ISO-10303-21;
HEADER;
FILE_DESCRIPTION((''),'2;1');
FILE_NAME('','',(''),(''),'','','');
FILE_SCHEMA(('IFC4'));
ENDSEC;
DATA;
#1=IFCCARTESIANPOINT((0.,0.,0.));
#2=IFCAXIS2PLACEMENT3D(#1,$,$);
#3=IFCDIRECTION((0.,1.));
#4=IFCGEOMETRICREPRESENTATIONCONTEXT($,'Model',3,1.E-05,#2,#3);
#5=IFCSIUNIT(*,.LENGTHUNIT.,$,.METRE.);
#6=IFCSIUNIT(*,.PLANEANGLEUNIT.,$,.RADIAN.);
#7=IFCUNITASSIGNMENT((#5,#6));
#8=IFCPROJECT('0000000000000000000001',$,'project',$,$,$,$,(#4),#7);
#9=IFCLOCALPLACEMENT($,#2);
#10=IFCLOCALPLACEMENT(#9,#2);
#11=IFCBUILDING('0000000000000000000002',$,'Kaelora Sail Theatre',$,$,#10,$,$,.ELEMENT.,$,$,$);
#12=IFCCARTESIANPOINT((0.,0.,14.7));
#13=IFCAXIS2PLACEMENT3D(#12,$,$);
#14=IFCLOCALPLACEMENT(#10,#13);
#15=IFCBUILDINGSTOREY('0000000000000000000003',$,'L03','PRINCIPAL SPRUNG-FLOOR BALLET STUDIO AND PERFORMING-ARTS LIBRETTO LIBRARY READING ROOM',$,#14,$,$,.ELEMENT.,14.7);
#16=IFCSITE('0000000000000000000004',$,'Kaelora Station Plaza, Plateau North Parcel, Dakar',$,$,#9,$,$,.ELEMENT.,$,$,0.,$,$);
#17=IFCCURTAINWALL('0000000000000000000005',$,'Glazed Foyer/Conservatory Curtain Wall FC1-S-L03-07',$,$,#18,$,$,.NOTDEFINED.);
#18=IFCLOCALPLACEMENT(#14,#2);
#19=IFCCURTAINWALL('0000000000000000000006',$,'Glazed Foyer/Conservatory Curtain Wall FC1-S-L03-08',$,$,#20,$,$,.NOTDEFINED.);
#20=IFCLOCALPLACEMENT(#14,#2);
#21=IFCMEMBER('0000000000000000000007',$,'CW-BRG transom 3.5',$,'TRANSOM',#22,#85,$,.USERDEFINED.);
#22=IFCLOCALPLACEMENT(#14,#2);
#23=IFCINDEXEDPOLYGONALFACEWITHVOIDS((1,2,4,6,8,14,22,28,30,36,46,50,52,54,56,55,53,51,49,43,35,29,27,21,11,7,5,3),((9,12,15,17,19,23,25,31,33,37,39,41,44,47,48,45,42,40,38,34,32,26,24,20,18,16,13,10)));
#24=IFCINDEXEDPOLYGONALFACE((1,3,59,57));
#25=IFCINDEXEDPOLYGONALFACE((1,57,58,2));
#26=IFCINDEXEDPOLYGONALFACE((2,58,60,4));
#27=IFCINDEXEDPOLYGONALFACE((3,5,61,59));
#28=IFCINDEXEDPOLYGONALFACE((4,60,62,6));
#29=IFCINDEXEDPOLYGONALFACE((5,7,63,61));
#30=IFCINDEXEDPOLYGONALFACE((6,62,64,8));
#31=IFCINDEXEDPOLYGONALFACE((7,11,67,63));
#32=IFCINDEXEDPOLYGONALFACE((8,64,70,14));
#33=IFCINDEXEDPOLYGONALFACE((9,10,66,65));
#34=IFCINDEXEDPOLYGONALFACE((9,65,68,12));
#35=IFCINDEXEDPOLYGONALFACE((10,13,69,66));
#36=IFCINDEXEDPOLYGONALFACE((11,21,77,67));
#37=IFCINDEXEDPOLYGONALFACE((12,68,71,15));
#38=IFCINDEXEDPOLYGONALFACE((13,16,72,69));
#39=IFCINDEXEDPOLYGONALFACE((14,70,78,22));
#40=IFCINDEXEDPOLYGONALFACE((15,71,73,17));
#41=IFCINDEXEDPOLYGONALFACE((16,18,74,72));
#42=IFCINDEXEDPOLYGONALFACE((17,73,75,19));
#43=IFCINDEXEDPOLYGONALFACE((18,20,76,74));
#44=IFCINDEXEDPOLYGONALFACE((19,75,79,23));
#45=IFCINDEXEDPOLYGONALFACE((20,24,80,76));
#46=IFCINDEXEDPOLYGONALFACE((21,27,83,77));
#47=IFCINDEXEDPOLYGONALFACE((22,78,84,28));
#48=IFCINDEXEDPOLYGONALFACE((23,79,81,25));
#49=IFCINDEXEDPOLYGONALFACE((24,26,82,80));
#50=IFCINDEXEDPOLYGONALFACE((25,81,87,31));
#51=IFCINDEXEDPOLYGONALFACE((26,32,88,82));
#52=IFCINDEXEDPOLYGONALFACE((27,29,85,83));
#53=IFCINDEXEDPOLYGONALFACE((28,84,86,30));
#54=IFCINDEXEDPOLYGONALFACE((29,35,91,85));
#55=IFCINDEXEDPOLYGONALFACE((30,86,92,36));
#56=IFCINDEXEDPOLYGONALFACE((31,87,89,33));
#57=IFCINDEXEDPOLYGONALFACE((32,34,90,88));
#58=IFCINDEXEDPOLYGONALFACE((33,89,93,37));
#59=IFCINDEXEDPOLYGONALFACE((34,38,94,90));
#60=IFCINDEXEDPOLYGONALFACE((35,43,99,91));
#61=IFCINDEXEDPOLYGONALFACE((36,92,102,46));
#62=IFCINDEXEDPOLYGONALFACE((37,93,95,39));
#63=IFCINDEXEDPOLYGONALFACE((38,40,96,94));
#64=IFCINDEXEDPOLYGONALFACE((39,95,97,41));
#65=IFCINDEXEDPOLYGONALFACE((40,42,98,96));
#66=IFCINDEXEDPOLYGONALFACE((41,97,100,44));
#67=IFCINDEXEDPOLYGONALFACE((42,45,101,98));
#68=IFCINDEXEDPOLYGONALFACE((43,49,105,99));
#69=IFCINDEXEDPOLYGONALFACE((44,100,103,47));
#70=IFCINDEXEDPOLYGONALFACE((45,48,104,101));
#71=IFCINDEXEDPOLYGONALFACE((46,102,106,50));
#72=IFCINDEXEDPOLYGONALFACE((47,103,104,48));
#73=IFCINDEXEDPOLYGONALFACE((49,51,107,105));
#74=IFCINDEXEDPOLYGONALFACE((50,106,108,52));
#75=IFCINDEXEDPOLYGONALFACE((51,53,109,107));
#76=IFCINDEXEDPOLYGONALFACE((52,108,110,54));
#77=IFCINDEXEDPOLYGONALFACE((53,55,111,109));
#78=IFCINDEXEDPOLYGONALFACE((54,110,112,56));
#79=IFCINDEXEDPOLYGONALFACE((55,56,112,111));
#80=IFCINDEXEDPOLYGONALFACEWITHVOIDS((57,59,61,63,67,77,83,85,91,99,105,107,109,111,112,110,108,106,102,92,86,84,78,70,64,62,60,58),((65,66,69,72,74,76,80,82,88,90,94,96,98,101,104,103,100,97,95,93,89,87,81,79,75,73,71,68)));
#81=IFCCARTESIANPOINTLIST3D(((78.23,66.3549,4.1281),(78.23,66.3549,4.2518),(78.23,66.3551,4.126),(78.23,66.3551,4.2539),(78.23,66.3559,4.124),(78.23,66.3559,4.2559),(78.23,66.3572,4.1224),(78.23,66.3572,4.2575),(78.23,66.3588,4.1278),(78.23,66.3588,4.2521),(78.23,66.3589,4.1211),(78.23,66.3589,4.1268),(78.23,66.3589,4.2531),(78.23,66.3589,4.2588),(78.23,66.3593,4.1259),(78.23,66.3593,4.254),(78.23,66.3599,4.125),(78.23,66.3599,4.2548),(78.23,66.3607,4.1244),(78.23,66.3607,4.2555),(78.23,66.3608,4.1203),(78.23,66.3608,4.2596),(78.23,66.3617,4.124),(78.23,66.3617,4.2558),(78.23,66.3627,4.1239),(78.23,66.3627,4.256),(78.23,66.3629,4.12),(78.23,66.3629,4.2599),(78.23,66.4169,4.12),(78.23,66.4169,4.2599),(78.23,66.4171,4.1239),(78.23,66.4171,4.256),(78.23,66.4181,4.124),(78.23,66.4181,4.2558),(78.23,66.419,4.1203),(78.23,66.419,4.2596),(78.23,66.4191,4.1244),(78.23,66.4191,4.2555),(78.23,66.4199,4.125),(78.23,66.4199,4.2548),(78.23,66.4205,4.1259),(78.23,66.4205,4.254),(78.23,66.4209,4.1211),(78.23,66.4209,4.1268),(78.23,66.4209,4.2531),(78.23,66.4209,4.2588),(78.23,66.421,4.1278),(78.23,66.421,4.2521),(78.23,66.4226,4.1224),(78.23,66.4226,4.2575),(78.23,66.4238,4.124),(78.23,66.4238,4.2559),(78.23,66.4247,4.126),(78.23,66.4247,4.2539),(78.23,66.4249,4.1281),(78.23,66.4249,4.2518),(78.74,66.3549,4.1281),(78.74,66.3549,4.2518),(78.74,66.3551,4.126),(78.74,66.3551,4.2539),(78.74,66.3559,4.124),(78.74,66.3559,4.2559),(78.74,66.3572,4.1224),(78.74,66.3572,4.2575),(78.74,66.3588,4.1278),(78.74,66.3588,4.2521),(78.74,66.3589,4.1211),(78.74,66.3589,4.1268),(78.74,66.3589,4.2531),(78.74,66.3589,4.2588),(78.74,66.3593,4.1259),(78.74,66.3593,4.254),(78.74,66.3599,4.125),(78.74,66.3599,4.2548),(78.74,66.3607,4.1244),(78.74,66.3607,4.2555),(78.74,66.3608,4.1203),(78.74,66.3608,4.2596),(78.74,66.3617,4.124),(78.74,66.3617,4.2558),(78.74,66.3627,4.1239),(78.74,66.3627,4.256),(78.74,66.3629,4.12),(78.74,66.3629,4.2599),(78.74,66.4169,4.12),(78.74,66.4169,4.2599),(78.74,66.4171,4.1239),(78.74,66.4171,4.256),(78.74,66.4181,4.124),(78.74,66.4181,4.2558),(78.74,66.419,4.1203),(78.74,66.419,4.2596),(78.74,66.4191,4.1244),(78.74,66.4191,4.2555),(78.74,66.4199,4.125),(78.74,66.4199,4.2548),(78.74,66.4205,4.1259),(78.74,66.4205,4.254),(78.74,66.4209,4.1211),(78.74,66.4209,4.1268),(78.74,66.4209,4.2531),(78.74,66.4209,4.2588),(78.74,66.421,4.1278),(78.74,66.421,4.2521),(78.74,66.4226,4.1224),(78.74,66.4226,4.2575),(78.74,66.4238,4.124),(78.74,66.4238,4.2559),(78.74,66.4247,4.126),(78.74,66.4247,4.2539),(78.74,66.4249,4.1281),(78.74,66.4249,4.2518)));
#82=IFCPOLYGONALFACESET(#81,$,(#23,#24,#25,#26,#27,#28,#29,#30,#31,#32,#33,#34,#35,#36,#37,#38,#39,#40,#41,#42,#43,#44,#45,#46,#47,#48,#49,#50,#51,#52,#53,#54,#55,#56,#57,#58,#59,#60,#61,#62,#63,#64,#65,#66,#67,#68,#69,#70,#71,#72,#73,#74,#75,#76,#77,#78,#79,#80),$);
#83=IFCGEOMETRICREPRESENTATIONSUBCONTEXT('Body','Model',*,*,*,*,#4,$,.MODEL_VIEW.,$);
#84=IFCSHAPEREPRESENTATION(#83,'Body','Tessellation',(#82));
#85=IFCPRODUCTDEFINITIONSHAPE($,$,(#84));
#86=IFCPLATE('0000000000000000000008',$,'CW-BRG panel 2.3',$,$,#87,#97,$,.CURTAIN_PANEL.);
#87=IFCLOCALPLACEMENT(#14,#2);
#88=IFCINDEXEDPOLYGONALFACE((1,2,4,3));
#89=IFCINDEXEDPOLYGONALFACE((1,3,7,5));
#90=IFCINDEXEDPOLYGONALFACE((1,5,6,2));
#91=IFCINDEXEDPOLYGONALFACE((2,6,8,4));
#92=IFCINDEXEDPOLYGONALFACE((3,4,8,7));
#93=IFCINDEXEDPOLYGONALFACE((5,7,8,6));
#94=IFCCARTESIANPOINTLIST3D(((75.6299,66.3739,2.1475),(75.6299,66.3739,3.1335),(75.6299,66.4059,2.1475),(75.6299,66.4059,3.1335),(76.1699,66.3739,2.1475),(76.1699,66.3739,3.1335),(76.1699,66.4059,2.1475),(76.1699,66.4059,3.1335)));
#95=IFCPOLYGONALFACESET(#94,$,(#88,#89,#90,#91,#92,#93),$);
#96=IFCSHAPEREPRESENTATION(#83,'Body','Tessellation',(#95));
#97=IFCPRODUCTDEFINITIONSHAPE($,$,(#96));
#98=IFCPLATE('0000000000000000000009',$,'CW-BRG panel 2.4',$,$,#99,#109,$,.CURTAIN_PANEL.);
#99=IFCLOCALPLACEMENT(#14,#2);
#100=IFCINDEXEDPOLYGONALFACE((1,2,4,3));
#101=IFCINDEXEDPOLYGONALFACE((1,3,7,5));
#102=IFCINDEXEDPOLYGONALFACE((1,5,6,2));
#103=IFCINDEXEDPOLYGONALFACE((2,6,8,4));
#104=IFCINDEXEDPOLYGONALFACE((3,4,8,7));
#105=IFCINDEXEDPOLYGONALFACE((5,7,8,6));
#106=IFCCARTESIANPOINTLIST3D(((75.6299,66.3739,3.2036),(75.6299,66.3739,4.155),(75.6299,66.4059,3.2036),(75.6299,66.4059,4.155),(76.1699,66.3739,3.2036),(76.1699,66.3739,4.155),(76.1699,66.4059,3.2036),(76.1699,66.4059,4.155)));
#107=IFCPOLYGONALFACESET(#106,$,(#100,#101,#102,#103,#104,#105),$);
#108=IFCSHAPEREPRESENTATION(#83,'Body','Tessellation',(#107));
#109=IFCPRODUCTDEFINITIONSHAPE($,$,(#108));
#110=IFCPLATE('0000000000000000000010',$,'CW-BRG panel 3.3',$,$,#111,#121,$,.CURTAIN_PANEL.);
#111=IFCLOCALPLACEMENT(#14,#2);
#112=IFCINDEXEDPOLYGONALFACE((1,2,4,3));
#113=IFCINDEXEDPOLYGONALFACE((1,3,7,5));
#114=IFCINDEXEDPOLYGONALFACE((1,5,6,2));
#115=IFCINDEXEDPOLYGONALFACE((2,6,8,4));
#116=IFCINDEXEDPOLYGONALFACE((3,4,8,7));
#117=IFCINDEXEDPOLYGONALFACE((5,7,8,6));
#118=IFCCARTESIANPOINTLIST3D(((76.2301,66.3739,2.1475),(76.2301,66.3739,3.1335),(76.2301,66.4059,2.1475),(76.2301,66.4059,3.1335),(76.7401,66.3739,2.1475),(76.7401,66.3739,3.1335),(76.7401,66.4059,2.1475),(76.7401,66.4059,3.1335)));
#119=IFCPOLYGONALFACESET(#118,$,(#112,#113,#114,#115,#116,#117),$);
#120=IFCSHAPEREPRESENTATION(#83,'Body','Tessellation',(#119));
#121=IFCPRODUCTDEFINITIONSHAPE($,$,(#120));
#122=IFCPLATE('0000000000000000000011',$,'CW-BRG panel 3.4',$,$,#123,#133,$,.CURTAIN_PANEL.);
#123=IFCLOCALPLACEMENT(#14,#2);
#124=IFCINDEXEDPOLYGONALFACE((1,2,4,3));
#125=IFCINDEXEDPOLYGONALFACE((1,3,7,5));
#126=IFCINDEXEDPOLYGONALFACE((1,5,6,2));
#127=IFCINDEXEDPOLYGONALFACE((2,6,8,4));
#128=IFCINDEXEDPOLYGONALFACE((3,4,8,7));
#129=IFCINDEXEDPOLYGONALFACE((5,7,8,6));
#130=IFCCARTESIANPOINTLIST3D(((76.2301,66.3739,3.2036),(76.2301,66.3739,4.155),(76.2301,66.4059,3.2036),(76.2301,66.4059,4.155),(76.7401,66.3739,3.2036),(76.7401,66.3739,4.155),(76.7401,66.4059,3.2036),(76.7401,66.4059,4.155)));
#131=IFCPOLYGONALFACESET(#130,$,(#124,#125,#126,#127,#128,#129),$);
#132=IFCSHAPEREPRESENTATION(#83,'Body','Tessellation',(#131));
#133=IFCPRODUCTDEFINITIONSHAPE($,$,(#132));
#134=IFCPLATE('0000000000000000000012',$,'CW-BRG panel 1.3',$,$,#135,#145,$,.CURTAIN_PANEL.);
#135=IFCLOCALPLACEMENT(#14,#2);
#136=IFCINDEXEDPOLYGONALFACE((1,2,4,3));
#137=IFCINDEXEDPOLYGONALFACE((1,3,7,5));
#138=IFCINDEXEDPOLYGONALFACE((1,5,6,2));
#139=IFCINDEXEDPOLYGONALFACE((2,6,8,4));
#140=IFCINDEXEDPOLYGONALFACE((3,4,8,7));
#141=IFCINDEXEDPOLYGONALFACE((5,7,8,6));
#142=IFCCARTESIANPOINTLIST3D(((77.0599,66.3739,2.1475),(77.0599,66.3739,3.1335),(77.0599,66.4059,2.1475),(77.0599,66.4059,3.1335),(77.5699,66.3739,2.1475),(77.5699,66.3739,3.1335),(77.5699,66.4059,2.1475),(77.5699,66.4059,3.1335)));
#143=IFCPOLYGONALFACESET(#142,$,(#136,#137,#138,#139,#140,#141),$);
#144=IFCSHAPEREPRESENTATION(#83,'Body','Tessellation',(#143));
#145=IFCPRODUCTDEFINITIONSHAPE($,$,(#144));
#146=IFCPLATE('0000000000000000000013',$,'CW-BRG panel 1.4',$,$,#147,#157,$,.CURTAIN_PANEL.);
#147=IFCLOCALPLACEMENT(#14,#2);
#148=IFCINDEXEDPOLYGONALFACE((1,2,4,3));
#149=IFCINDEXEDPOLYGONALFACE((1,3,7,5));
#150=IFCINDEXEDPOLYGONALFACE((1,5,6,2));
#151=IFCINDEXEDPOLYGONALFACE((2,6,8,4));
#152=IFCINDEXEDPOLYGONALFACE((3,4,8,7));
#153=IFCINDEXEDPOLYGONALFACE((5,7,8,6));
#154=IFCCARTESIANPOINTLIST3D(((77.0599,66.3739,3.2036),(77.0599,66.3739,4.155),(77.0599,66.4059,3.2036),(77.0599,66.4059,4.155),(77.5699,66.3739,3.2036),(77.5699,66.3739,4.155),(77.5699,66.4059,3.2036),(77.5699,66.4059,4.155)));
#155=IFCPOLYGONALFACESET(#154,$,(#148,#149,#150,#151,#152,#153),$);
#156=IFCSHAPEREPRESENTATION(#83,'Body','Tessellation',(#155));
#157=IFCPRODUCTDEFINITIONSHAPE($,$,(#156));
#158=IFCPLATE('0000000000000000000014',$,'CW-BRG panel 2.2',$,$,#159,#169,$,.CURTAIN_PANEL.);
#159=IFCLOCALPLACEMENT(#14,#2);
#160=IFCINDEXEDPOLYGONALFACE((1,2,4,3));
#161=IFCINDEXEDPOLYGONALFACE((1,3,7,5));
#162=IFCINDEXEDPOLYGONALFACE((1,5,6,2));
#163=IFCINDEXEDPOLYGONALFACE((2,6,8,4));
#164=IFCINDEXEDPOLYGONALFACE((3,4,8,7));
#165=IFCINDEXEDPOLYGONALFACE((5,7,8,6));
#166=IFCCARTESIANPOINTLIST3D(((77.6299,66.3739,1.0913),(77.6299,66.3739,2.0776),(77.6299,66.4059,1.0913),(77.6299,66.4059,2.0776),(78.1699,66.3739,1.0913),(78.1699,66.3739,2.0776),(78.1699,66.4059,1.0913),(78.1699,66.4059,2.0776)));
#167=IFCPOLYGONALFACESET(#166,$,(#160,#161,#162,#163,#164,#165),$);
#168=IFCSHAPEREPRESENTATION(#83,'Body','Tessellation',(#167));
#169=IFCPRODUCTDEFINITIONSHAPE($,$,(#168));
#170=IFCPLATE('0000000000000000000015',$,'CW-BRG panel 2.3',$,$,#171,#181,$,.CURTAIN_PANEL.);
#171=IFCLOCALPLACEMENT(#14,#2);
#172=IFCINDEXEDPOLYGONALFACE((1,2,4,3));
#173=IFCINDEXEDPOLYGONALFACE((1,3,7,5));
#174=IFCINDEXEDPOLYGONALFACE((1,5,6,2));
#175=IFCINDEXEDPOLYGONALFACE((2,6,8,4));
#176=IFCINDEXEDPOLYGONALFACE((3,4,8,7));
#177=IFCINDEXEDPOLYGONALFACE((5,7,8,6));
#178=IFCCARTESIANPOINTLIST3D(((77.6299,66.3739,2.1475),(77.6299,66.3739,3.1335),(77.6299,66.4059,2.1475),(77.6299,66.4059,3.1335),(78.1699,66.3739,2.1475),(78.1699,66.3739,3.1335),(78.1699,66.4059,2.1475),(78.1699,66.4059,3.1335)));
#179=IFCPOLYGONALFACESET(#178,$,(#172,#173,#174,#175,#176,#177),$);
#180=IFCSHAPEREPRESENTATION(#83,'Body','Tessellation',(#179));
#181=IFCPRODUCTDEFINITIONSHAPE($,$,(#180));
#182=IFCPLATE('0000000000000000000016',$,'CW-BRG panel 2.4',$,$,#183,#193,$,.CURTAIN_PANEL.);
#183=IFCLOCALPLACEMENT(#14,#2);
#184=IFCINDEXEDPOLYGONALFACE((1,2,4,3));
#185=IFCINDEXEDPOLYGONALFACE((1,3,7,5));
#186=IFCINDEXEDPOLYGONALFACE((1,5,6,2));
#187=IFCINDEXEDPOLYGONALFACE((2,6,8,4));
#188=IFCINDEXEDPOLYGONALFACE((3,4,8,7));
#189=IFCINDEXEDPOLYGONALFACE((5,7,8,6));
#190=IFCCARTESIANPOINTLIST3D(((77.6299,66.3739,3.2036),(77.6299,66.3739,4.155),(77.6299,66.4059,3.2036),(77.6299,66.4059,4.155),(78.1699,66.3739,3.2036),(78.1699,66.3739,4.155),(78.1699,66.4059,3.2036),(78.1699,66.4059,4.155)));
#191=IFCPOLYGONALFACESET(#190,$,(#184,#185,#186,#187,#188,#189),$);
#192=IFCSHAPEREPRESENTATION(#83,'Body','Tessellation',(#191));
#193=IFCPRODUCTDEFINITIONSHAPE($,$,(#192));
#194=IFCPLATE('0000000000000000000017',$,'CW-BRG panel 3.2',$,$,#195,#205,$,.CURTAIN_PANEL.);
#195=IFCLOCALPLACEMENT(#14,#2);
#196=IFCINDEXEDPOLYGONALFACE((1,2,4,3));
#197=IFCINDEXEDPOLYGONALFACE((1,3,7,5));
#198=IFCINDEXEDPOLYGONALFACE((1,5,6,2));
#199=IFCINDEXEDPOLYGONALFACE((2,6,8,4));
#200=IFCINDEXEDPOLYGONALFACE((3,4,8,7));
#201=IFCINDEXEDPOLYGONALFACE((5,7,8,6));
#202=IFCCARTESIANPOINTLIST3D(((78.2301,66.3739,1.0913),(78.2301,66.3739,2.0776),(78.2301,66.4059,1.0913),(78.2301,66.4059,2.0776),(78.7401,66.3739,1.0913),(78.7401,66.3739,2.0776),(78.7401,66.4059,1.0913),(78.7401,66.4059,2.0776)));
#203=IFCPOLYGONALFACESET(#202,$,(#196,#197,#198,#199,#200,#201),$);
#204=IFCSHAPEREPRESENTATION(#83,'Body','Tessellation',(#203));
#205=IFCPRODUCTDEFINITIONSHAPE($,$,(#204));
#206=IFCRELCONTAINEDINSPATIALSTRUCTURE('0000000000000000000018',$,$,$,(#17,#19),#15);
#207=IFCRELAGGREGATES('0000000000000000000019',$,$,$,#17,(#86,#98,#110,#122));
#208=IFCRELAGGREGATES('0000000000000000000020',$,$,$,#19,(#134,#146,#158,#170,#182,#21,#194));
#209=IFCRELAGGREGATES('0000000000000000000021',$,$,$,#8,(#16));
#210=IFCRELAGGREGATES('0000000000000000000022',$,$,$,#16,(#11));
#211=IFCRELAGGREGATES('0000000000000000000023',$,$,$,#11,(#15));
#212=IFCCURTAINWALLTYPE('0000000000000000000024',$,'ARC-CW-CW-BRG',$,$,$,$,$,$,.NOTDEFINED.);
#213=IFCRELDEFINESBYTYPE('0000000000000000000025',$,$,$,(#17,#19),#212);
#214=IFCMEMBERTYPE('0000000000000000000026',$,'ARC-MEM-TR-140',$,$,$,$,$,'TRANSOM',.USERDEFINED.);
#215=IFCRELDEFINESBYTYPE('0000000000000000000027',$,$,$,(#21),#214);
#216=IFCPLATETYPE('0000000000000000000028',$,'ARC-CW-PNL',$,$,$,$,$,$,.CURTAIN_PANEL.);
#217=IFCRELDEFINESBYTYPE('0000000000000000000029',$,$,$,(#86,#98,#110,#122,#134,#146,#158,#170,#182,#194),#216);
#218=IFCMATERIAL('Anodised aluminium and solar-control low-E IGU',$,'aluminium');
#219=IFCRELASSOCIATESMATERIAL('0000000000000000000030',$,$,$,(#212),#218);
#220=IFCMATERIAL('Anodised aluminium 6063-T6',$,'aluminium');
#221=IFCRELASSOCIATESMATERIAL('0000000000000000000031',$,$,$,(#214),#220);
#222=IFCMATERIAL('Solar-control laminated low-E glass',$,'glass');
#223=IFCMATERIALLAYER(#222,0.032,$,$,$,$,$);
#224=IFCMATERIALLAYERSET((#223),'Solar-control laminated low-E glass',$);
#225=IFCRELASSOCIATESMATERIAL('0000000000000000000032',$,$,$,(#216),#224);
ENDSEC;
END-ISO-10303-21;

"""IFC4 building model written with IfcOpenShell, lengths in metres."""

from ifc_helpers import new_model, si_unit, direction, frame, origin, origin_2d, place, context, subcontext, project, spatial, rectangle, hollow_rectangle, extrude, material, layer, layer_set, material_profile, profile_set, type_object, element, aggregate, save


model = new_model("IFC4")

# Units and contexts
model_context = context("Model", 3, precision=1e-05, world=origin(), true_north=direction((0.0, 1.0)))
body_context = subcontext(model_context, "Body", "Model", "MODEL_VIEW")
ifc_project = project(units=[si_unit("LENGTHUNIT", "METRE"), si_unit("PLANEANGLEUNIT", "RADIAN")], contexts=[model_context])

# Site, building, storey
site_placement = place(None, origin())
site = spatial("IfcSite", under=ifc_project, at=site_placement, Name="Kaelora Station Plaza, Plateau North Parcel, Dakar", CompositionType="ELEMENT", RefElevation=0.0)
building_placement = place(site_placement, origin())
building = spatial("IfcBuilding", under=site, at=building_placement, Name="Kaelora Sail Theatre", CompositionType="ELEMENT")
storey_placement = place(building_placement, frame((0.0, 0.0, 14.7)))
storey = spatial("IfcBuildingStorey", under=building, at=storey_placement, Name="L03", Description="PRINCIPAL SPRUNG-FLOOR BALLET STUDIO AND PERFORMING-ARTS LIBRETTO LIBRARY READING ROOM", CompositionType="ELEMENT", Elevation=14.7)

# Curtain walls, member
ifc_material_1 = material(Name="Anodised aluminium and solar-control low-E IGU", Category="aluminium")
curtain_wall_type = type_object("IfcCurtainWallType", Name="ARC-CW-CW-BRG", PredefinedType="NOTDEFINED", material=ifc_material_1)
curtain_wall_1_placement = place(storey_placement, origin())
curtain_wall_1 = element("IfcCurtainWall", 1, at=curtain_wall_1_placement, inside=storey, type_object=curtain_wall_type, Name="Glazed Foyer/Conservatory Curtain Wall FC1-S-L03-07", PredefinedType="NOTDEFINED")
ifc_material_2 = material(Name="Anodised aluminium 6063-T6", Category="aluminium")
ifc_material_profile = material_profile(ifc_material_2, hollow_rectangle(XDim=0.0701, YDim=0.1399, WallThickness=0.0039, InnerFilletRadius=0.0039, OuterFilletRadius=0.0081, at=origin_2d()), Name="ALU-TRAN 70x140x4")
ifc_profile_set = profile_set([ifc_material_profile], Name="Anodised aluminium 6063-T6")
member_type = type_object("IfcMemberType", Name="ARC-MEM-TR-140", ElementType="TRANSOM", PredefinedType="USERDEFINED", material=ifc_profile_set)
curtain_wall_2_placement = place(storey_placement, origin())
curtain_wall_2 = element("IfcCurtainWall", 2, at=curtain_wall_2_placement, inside=storey, type_object=curtain_wall_type, Name="Glazed Foyer/Conservatory Curtain Wall FC1-S-L03-08", PredefinedType="NOTDEFINED")
member_1_placement = place(storey_placement, frame((78.23, 66.3899, 4.1899), z_axis=(1.0, 0.0, 0.0), x_axis=(0.0, 1.0, 0.0)))
member_1 = element("IfcMember", 3, at=member_1_placement, type_object=member_type, Name="CW-BRG transom 3.5", ObjectType="TRANSOM", PredefinedType="USERDEFINED", context=body_context, shape_type="SweptSolid", body=[
    extrude(hollow_rectangle(XDim=0.0701, YDim=0.1399, WallThickness=0.0039, InnerFilletRadius=0.0039, OuterFilletRadius=0.0081, at=origin_2d()), origin(), (0.0, 0.0, 1.0), 0.51),
])

# Plates
ifc_material_3 = material(Name="Solar-control laminated low-E glass", Category="glass")
ifc_layer = layer(ifc_material_3, 0.032)
ifc_layer_set = layer_set([ifc_layer], Name="Solar-control laminated low-E glass")
plate_type = type_object("IfcPlateType", Name="ARC-CW-PNL", PredefinedType="CURTAIN_PANEL", material=ifc_layer_set)
plate_1_placement = place(storey_placement, frame((75.8999, 66.3899, 2.1475), z_axis=(0.0, 0.0, 1.0), x_axis=(1.0, 0.0, 0.0)))
plate_1 = element("IfcPlate", 4, at=plate_1_placement, type_object=plate_type, Name="CW-BRG panel 2.3", PredefinedType="CURTAIN_PANEL", context=body_context, shape_type="SweptSolid", body=[
    extrude(rectangle(XDim=0.54, YDim=0.032, at=origin_2d()), origin(), (0.0, 0.0, 1.0), 0.9861),
])
plate_2_placement = place(storey_placement, frame((75.8999, 66.3899, 3.2036), z_axis=(0.0, 0.0, 1.0), x_axis=(1.0, 0.0, 0.0)))
plate_2 = element("IfcPlate", 5, at=plate_2_placement, type_object=plate_type, Name="CW-BRG panel 2.4", PredefinedType="CURTAIN_PANEL", context=body_context, shape_type="SweptSolid", body=[
    extrude(rectangle(XDim=0.54, YDim=0.032, at=origin_2d()), origin(), (0.0, 0.0, 1.0), 0.9514),
])
plate_3_placement = place(storey_placement, frame((76.4851, 66.3899, 2.1475), z_axis=(0.0, 0.0, 1.0), x_axis=(1.0, 0.0, 0.0)))
plate_3 = element("IfcPlate", 6, at=plate_3_placement, type_object=plate_type, Name="CW-BRG panel 3.3", PredefinedType="CURTAIN_PANEL", context=body_context, shape_type="SweptSolid", body=[
    extrude(rectangle(XDim=0.51, YDim=0.032, at=origin_2d()), origin(), (0.0, 0.0, 1.0), 0.9861),
])
plate_4_placement = place(storey_placement, frame((76.4851, 66.3899, 3.2036), z_axis=(0.0, 0.0, 1.0), x_axis=(1.0, 0.0, 0.0)))
plate_4 = element("IfcPlate", 7, at=plate_4_placement, type_object=plate_type, Name="CW-BRG panel 3.4", PredefinedType="CURTAIN_PANEL", context=body_context, shape_type="SweptSolid", body=[
    extrude(rectangle(XDim=0.51, YDim=0.032, at=origin_2d()), origin(), (0.0, 0.0, 1.0), 0.9514),
])
aggregate(curtain_wall_1, [plate_1, plate_2, plate_3, plate_4])
plate_5_placement = place(storey_placement, frame((77.3149, 66.3899, 2.1475), z_axis=(0.0, 0.0, 1.0), x_axis=(1.0, 0.0, 0.0)))
plate_5 = element("IfcPlate", 8, at=plate_5_placement, type_object=plate_type, Name="CW-BRG panel 1.3", PredefinedType="CURTAIN_PANEL", context=body_context, shape_type="SweptSolid", body=[
    extrude(rectangle(XDim=0.51, YDim=0.032, at=origin_2d()), origin(), (0.0, 0.0, 1.0), 0.9861),
])
plate_6_placement = place(storey_placement, frame((77.3149, 66.3899, 3.2036), z_axis=(0.0, 0.0, 1.0), x_axis=(1.0, 0.0, 0.0)))
plate_6 = element("IfcPlate", 9, at=plate_6_placement, type_object=plate_type, Name="CW-BRG panel 1.4", PredefinedType="CURTAIN_PANEL", context=body_context, shape_type="SweptSolid", body=[
    extrude(rectangle(XDim=0.51, YDim=0.032, at=origin_2d()), origin(), (0.0, 0.0, 1.0), 0.9514),
])
plate_7_placement = place(storey_placement, frame((77.8999, 66.3899, 1.0913), z_axis=(0.0, 0.0, 1.0), x_axis=(1.0, 0.0, 0.0)))
plate_7 = element("IfcPlate", 10, at=plate_7_placement, type_object=plate_type, Name="CW-BRG panel 2.2", PredefinedType="CURTAIN_PANEL", context=body_context, shape_type="SweptSolid", body=[
    extrude(rectangle(XDim=0.54, YDim=0.032, at=origin_2d()), origin(), (0.0, 0.0, 1.0), 0.9863),
])
plate_8_placement = place(storey_placement, frame((77.8999, 66.3899, 2.1475), z_axis=(0.0, 0.0, 1.0), x_axis=(1.0, 0.0, 0.0)))
plate_8 = element("IfcPlate", 11, at=plate_8_placement, type_object=plate_type, Name="CW-BRG panel 2.3", PredefinedType="CURTAIN_PANEL", context=body_context, shape_type="SweptSolid", body=[
    extrude(rectangle(XDim=0.54, YDim=0.032, at=origin_2d()), origin(), (0.0, 0.0, 1.0), 0.9861),
])
plate_9_placement = place(storey_placement, frame((77.8999, 66.3899, 3.2036), z_axis=(0.0, 0.0, 1.0), x_axis=(1.0, 0.0, 0.0)))
plate_9 = element("IfcPlate", 12, at=plate_9_placement, type_object=plate_type, Name="CW-BRG panel 2.4", PredefinedType="CURTAIN_PANEL", context=body_context, shape_type="SweptSolid", body=[
    extrude(rectangle(XDim=0.54, YDim=0.032, at=origin_2d()), origin(), (0.0, 0.0, 1.0), 0.9514),
])
plate_10_placement = place(storey_placement, frame((78.4851, 66.3899, 1.0913), z_axis=(0.0, 0.0, 1.0), x_axis=(1.0, 0.0, 0.0)))
plate_10 = element("IfcPlate", 13, at=plate_10_placement, type_object=plate_type, Name="CW-BRG panel 3.2", PredefinedType="CURTAIN_PANEL", context=body_context, shape_type="SweptSolid", body=[
    extrude(rectangle(XDim=0.51, YDim=0.032, at=origin_2d()), origin(), (0.0, 0.0, 1.0), 0.9863),
])
aggregate(curtain_wall_2, [plate_5, plate_6, plate_7, plate_8, plate_9, member_1, plate_10])

save(model, "model.ifc")
